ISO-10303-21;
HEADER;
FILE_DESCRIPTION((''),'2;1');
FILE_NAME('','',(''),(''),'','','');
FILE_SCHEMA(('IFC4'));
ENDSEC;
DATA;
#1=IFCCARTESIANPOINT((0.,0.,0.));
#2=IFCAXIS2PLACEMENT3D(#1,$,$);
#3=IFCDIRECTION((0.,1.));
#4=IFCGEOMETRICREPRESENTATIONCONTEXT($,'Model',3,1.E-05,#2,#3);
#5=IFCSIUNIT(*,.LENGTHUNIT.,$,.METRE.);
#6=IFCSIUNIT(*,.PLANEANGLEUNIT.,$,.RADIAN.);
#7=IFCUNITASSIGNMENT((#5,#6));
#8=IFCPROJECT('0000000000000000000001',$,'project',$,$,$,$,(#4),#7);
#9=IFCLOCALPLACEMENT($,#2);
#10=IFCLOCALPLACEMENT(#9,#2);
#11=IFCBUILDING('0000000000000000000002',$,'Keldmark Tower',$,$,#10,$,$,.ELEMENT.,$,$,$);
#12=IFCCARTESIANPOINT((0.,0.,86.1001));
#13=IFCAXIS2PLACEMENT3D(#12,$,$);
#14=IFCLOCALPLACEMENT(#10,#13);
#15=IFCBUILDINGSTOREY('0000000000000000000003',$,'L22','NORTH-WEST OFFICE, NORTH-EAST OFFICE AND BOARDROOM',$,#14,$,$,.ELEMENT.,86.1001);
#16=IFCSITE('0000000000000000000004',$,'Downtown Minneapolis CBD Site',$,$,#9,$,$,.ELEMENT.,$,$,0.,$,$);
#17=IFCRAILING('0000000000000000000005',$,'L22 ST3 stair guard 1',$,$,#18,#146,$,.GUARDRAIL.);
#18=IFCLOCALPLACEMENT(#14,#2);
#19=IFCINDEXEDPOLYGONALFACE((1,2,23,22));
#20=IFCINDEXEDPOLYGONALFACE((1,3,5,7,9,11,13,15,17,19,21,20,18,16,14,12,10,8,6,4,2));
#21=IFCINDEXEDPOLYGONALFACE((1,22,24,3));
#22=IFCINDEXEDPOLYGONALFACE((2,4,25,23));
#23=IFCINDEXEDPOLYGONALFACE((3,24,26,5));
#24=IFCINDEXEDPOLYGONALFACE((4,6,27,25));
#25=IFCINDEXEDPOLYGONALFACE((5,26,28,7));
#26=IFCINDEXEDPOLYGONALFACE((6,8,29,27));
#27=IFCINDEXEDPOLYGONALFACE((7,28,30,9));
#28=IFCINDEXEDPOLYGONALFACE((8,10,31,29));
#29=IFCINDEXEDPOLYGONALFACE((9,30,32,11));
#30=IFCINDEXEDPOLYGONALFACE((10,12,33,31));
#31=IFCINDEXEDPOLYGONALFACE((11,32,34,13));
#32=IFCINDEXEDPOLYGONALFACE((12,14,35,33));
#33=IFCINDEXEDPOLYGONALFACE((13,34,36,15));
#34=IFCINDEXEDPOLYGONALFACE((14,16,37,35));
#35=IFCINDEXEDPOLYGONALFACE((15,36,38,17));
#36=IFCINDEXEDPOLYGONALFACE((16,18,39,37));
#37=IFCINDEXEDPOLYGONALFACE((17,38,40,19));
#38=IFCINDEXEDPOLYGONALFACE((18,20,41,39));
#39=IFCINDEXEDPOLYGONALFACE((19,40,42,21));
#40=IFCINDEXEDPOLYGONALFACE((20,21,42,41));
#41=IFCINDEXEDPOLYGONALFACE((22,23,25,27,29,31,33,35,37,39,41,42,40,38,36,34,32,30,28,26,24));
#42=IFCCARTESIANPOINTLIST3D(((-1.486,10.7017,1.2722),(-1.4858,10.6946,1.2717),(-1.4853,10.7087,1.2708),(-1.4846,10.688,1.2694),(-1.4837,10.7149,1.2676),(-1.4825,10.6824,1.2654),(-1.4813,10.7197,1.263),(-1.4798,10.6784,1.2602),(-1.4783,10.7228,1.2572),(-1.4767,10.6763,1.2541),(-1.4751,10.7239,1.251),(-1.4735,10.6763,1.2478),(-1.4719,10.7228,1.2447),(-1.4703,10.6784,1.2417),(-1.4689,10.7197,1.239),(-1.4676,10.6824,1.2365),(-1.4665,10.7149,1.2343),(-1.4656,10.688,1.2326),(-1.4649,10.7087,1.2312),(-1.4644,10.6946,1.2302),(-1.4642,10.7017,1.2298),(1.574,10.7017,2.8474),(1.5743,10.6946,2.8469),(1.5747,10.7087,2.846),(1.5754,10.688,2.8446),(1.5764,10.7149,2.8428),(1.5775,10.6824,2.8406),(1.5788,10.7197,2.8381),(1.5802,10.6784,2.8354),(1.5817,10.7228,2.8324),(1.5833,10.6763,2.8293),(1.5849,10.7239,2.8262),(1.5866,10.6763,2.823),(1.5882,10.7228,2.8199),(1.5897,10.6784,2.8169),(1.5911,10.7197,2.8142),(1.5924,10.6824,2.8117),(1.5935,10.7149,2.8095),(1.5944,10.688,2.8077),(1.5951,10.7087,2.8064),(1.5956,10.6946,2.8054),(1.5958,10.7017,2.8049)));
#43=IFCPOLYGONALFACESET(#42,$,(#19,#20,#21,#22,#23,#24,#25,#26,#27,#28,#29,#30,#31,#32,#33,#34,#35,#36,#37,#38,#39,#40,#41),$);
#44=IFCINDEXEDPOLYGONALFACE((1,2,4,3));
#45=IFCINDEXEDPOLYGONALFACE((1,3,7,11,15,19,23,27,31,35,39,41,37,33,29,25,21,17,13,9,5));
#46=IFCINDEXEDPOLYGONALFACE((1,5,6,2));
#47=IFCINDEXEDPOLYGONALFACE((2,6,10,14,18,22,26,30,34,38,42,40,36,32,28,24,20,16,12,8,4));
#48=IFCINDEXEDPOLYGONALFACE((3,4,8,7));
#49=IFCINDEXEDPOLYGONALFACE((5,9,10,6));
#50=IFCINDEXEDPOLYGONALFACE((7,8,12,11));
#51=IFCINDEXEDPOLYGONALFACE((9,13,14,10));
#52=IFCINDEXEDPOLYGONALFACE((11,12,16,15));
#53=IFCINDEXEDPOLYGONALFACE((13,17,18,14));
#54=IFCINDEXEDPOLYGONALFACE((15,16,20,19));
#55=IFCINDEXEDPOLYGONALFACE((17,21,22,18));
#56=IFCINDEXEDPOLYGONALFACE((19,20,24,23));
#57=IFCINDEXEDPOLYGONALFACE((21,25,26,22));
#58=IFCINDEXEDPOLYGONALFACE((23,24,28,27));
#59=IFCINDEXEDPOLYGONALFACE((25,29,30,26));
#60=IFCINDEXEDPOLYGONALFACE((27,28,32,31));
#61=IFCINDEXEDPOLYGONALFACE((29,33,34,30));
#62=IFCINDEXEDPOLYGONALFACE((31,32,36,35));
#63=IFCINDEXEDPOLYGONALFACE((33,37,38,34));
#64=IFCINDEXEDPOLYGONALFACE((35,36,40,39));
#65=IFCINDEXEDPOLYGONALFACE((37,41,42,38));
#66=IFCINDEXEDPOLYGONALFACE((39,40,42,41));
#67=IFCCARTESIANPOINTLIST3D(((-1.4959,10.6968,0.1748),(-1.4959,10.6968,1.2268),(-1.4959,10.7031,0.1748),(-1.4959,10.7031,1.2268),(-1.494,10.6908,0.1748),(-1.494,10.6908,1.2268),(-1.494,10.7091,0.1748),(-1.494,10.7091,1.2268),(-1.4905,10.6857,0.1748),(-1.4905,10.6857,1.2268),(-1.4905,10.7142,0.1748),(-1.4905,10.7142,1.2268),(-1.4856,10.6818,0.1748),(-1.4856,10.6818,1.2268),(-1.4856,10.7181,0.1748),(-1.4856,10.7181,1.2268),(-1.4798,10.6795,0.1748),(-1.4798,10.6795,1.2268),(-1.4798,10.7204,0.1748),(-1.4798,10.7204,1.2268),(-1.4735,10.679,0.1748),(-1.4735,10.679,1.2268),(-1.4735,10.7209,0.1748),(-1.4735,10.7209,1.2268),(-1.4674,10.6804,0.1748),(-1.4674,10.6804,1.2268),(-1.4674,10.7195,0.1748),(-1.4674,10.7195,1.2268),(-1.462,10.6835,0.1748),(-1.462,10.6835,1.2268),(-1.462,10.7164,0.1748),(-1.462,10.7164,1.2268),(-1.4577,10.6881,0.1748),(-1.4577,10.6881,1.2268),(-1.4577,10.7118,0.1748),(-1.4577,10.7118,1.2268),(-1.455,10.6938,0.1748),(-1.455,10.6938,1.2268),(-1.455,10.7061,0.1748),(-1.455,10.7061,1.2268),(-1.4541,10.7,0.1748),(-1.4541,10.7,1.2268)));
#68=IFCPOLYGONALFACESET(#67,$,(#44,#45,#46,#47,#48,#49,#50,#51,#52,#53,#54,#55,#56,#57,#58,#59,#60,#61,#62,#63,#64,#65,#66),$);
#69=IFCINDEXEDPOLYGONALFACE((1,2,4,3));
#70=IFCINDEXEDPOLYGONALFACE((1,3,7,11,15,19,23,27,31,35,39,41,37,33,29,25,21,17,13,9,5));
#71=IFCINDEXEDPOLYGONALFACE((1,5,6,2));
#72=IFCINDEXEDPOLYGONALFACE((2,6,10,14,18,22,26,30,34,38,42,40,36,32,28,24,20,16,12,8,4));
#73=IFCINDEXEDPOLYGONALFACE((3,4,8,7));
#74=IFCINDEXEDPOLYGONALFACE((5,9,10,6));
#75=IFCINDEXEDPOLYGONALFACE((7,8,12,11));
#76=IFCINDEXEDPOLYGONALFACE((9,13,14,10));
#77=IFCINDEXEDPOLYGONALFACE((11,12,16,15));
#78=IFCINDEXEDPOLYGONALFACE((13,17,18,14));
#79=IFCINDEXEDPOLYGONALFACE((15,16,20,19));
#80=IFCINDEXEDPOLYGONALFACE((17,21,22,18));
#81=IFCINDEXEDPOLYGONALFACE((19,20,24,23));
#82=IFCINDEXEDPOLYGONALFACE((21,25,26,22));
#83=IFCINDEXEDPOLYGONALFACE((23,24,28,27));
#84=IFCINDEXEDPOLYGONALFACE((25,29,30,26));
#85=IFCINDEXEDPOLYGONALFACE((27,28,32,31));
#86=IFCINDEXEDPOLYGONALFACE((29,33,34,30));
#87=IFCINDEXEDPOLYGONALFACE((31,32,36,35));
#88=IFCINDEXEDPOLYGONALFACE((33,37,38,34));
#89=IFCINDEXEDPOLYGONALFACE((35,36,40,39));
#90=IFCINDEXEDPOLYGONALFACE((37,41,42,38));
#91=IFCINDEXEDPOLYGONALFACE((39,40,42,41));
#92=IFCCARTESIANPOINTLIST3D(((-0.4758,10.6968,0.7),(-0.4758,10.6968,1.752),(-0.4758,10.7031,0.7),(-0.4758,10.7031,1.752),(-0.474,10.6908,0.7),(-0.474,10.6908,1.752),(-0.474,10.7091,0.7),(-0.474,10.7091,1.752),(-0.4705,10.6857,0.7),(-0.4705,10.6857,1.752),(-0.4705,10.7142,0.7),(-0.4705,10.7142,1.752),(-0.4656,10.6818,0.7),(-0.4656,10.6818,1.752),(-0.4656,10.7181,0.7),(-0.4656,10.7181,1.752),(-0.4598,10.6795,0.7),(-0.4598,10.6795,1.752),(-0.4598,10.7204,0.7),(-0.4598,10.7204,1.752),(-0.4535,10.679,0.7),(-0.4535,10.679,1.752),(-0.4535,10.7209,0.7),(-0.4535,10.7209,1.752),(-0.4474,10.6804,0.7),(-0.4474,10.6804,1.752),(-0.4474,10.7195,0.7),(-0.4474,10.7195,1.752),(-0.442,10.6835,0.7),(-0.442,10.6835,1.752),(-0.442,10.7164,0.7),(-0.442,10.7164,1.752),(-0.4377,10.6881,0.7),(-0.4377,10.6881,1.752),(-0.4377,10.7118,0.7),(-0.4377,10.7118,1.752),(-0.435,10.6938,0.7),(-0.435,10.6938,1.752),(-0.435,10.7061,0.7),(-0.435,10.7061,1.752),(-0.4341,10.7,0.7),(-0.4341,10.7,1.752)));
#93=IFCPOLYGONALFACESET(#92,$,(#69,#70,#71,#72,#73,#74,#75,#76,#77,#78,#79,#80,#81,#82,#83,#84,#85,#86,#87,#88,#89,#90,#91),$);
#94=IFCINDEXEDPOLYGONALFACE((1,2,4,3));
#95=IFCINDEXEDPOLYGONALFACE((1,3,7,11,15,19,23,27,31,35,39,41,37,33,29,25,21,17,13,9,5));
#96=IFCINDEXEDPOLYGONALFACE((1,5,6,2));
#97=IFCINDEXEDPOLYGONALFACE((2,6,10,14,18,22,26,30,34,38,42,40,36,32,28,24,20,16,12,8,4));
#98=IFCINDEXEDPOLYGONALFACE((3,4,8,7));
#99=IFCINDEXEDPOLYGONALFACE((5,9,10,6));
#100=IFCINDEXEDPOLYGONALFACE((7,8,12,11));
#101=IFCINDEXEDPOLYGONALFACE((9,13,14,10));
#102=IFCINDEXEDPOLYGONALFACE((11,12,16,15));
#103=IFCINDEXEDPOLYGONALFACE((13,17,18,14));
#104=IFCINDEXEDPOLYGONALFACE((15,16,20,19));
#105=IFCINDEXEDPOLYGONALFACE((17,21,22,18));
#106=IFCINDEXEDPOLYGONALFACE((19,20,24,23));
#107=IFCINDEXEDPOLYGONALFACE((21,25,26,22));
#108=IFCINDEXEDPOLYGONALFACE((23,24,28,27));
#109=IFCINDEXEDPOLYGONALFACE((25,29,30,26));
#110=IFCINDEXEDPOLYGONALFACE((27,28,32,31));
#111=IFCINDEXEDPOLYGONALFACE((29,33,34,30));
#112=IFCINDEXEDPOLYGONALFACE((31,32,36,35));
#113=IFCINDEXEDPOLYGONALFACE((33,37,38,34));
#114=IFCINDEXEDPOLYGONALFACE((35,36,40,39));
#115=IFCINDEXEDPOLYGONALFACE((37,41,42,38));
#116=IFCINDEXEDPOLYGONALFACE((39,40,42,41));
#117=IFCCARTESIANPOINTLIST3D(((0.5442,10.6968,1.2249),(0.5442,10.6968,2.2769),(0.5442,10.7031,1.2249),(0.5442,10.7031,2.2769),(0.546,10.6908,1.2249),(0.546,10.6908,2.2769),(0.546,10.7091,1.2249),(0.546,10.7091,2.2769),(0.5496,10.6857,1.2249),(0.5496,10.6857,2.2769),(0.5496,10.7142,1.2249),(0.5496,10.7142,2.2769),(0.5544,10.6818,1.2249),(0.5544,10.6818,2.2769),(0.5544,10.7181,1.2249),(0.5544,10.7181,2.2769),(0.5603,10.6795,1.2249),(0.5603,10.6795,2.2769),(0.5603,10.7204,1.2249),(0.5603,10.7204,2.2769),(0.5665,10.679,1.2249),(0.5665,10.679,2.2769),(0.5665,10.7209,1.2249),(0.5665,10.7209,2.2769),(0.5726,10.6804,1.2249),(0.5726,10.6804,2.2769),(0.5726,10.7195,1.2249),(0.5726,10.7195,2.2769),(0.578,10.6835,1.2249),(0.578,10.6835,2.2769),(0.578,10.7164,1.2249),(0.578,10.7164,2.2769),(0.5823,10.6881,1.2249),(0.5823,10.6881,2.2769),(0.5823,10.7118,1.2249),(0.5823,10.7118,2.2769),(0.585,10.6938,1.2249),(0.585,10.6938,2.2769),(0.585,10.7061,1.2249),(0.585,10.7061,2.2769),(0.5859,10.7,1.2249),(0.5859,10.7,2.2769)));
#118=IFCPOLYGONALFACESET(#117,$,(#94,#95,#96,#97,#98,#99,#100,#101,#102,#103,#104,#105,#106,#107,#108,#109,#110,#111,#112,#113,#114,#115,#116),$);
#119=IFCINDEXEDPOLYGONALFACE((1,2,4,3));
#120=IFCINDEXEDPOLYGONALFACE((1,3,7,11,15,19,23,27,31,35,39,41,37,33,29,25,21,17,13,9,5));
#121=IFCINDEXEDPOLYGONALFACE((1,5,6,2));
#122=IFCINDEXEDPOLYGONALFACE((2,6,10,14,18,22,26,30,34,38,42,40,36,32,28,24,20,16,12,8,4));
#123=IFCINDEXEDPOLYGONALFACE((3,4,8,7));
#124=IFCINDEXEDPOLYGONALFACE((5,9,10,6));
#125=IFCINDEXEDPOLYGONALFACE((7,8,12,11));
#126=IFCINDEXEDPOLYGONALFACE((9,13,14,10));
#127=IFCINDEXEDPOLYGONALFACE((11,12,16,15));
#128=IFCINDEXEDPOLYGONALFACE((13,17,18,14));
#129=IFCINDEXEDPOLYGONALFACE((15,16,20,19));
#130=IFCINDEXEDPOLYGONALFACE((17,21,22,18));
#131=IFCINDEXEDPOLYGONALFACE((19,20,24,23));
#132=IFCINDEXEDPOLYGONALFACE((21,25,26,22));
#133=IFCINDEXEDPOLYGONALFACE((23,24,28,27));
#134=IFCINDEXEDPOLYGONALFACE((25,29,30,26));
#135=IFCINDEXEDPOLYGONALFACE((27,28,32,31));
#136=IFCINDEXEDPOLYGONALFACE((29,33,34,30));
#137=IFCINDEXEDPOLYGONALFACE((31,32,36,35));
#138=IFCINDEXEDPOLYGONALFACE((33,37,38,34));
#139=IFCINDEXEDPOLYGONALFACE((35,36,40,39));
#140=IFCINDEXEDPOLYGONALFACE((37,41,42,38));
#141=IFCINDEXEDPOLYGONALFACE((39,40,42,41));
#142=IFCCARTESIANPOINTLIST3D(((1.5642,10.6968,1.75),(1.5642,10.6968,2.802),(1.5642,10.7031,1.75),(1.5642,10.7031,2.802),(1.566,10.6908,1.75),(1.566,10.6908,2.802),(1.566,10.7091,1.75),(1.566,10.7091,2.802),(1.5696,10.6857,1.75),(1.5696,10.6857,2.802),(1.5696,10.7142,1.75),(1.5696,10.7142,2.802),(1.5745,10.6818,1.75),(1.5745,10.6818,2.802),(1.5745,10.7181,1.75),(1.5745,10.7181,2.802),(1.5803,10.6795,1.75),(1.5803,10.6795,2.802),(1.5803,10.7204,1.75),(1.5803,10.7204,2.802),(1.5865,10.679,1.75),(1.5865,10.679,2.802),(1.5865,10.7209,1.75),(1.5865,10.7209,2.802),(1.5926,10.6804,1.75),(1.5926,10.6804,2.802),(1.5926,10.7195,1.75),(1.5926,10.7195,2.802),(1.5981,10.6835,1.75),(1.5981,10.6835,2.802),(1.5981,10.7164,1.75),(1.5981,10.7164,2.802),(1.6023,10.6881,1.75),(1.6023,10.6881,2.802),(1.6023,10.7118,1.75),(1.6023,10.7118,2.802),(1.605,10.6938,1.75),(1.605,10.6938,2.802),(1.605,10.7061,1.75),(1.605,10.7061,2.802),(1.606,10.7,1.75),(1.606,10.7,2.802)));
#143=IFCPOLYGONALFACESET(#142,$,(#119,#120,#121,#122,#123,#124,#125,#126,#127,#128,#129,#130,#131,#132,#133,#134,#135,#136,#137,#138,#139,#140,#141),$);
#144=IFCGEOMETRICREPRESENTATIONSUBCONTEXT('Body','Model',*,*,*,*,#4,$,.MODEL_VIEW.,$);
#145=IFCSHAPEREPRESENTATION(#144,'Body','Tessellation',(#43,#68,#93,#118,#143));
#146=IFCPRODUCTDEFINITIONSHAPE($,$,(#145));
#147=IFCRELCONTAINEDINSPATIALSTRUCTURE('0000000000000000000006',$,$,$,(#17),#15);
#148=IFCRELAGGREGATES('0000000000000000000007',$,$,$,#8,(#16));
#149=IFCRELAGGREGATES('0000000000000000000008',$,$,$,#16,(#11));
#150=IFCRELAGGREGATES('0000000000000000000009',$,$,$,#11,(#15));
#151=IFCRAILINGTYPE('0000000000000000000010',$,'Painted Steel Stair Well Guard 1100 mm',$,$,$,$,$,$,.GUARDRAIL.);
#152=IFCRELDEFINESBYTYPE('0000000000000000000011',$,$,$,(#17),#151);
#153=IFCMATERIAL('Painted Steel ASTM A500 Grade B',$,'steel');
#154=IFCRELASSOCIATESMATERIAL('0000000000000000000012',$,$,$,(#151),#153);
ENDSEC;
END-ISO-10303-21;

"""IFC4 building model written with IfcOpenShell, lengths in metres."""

from ifc_helpers import new_model, si_unit, direction, frame, origin, origin_2d, place, context, subcontext, project, spatial, circle, extrude, material, type_object, element, save


model = new_model("IFC4")

# Units and contexts
model_context = context("Model", 3, precision=1e-05, world=origin(), true_north=direction((0.0, 1.0)))
body_context = subcontext(model_context, "Body", "Model", "MODEL_VIEW")
ifc_project = project(units=[si_unit("LENGTHUNIT", "METRE"), si_unit("PLANEANGLEUNIT", "RADIAN")], contexts=[model_context])

# Site, building, storey
site_placement = place(None, origin())
site = spatial("IfcSite", under=ifc_project, at=site_placement, Name="Downtown Minneapolis CBD Site", CompositionType="ELEMENT", RefElevation=0.0)
building_placement = place(site_placement, origin())
building = spatial("IfcBuilding", under=site, at=building_placement, Name="Keldmark Tower", CompositionType="ELEMENT")
storey_placement = place(building_placement, frame((0.0, 0.0, 86.1001)))
storey = spatial("IfcBuildingStorey", under=building, at=storey_placement, Name="L22", Description="NORTH-WEST OFFICE, NORTH-EAST OFFICE AND BOARDROOM", CompositionType="ELEMENT", Elevation=86.1001)

# Railing
ifc_material_1 = material(Name="Painted Steel ASTM A500 Grade B", Category="steel")
railing_type_1 = type_object("IfcRailingType", Name="Painted Steel Stair Well Guard 1100 mm", PredefinedType="GUARDRAIL", material=ifc_material_1)
railing_1_placement = place(storey_placement, frame((-1.4751, 10.7, 0.1748)))
element("IfcRailing", 1, at=railing_1_placement, inside=storey, type_object=railing_type_1, Name="L22 ST3 stair guard 1", PredefinedType="GUARDRAIL", context=body_context, shape_type="SweptSolid", body=[
    extrude(circle(Radius=0.0239, at=origin_2d()), frame((0.0, 0.0, 1.0762), z_axis=(0.889116, 0.0, 0.457681), x_axis=(0.0, 1.0, 0.0)), (0.0, 0.0, 1.0), 3.4417),
    extrude(circle(Radius=0.021, at=origin_2d()), origin(), (0.0, 0.0, 1.0), 1.052),
    extrude(circle(Radius=0.021, at=origin_2d()), frame((1.02, 0.0, 0.5251)), (0.0, 0.0, 1.0), 1.052),
    extrude(circle(Radius=0.021, at=origin_2d()), frame((2.04, 0.0, 1.05)), (0.0, 0.0, 1.0), 1.052),
    extrude(circle(Radius=0.021, at=origin_2d()), frame((3.0601, 0.0, 1.5752)), (0.0, 0.0, 1.0), 1.052),
])

save(model, "model.ifc")
